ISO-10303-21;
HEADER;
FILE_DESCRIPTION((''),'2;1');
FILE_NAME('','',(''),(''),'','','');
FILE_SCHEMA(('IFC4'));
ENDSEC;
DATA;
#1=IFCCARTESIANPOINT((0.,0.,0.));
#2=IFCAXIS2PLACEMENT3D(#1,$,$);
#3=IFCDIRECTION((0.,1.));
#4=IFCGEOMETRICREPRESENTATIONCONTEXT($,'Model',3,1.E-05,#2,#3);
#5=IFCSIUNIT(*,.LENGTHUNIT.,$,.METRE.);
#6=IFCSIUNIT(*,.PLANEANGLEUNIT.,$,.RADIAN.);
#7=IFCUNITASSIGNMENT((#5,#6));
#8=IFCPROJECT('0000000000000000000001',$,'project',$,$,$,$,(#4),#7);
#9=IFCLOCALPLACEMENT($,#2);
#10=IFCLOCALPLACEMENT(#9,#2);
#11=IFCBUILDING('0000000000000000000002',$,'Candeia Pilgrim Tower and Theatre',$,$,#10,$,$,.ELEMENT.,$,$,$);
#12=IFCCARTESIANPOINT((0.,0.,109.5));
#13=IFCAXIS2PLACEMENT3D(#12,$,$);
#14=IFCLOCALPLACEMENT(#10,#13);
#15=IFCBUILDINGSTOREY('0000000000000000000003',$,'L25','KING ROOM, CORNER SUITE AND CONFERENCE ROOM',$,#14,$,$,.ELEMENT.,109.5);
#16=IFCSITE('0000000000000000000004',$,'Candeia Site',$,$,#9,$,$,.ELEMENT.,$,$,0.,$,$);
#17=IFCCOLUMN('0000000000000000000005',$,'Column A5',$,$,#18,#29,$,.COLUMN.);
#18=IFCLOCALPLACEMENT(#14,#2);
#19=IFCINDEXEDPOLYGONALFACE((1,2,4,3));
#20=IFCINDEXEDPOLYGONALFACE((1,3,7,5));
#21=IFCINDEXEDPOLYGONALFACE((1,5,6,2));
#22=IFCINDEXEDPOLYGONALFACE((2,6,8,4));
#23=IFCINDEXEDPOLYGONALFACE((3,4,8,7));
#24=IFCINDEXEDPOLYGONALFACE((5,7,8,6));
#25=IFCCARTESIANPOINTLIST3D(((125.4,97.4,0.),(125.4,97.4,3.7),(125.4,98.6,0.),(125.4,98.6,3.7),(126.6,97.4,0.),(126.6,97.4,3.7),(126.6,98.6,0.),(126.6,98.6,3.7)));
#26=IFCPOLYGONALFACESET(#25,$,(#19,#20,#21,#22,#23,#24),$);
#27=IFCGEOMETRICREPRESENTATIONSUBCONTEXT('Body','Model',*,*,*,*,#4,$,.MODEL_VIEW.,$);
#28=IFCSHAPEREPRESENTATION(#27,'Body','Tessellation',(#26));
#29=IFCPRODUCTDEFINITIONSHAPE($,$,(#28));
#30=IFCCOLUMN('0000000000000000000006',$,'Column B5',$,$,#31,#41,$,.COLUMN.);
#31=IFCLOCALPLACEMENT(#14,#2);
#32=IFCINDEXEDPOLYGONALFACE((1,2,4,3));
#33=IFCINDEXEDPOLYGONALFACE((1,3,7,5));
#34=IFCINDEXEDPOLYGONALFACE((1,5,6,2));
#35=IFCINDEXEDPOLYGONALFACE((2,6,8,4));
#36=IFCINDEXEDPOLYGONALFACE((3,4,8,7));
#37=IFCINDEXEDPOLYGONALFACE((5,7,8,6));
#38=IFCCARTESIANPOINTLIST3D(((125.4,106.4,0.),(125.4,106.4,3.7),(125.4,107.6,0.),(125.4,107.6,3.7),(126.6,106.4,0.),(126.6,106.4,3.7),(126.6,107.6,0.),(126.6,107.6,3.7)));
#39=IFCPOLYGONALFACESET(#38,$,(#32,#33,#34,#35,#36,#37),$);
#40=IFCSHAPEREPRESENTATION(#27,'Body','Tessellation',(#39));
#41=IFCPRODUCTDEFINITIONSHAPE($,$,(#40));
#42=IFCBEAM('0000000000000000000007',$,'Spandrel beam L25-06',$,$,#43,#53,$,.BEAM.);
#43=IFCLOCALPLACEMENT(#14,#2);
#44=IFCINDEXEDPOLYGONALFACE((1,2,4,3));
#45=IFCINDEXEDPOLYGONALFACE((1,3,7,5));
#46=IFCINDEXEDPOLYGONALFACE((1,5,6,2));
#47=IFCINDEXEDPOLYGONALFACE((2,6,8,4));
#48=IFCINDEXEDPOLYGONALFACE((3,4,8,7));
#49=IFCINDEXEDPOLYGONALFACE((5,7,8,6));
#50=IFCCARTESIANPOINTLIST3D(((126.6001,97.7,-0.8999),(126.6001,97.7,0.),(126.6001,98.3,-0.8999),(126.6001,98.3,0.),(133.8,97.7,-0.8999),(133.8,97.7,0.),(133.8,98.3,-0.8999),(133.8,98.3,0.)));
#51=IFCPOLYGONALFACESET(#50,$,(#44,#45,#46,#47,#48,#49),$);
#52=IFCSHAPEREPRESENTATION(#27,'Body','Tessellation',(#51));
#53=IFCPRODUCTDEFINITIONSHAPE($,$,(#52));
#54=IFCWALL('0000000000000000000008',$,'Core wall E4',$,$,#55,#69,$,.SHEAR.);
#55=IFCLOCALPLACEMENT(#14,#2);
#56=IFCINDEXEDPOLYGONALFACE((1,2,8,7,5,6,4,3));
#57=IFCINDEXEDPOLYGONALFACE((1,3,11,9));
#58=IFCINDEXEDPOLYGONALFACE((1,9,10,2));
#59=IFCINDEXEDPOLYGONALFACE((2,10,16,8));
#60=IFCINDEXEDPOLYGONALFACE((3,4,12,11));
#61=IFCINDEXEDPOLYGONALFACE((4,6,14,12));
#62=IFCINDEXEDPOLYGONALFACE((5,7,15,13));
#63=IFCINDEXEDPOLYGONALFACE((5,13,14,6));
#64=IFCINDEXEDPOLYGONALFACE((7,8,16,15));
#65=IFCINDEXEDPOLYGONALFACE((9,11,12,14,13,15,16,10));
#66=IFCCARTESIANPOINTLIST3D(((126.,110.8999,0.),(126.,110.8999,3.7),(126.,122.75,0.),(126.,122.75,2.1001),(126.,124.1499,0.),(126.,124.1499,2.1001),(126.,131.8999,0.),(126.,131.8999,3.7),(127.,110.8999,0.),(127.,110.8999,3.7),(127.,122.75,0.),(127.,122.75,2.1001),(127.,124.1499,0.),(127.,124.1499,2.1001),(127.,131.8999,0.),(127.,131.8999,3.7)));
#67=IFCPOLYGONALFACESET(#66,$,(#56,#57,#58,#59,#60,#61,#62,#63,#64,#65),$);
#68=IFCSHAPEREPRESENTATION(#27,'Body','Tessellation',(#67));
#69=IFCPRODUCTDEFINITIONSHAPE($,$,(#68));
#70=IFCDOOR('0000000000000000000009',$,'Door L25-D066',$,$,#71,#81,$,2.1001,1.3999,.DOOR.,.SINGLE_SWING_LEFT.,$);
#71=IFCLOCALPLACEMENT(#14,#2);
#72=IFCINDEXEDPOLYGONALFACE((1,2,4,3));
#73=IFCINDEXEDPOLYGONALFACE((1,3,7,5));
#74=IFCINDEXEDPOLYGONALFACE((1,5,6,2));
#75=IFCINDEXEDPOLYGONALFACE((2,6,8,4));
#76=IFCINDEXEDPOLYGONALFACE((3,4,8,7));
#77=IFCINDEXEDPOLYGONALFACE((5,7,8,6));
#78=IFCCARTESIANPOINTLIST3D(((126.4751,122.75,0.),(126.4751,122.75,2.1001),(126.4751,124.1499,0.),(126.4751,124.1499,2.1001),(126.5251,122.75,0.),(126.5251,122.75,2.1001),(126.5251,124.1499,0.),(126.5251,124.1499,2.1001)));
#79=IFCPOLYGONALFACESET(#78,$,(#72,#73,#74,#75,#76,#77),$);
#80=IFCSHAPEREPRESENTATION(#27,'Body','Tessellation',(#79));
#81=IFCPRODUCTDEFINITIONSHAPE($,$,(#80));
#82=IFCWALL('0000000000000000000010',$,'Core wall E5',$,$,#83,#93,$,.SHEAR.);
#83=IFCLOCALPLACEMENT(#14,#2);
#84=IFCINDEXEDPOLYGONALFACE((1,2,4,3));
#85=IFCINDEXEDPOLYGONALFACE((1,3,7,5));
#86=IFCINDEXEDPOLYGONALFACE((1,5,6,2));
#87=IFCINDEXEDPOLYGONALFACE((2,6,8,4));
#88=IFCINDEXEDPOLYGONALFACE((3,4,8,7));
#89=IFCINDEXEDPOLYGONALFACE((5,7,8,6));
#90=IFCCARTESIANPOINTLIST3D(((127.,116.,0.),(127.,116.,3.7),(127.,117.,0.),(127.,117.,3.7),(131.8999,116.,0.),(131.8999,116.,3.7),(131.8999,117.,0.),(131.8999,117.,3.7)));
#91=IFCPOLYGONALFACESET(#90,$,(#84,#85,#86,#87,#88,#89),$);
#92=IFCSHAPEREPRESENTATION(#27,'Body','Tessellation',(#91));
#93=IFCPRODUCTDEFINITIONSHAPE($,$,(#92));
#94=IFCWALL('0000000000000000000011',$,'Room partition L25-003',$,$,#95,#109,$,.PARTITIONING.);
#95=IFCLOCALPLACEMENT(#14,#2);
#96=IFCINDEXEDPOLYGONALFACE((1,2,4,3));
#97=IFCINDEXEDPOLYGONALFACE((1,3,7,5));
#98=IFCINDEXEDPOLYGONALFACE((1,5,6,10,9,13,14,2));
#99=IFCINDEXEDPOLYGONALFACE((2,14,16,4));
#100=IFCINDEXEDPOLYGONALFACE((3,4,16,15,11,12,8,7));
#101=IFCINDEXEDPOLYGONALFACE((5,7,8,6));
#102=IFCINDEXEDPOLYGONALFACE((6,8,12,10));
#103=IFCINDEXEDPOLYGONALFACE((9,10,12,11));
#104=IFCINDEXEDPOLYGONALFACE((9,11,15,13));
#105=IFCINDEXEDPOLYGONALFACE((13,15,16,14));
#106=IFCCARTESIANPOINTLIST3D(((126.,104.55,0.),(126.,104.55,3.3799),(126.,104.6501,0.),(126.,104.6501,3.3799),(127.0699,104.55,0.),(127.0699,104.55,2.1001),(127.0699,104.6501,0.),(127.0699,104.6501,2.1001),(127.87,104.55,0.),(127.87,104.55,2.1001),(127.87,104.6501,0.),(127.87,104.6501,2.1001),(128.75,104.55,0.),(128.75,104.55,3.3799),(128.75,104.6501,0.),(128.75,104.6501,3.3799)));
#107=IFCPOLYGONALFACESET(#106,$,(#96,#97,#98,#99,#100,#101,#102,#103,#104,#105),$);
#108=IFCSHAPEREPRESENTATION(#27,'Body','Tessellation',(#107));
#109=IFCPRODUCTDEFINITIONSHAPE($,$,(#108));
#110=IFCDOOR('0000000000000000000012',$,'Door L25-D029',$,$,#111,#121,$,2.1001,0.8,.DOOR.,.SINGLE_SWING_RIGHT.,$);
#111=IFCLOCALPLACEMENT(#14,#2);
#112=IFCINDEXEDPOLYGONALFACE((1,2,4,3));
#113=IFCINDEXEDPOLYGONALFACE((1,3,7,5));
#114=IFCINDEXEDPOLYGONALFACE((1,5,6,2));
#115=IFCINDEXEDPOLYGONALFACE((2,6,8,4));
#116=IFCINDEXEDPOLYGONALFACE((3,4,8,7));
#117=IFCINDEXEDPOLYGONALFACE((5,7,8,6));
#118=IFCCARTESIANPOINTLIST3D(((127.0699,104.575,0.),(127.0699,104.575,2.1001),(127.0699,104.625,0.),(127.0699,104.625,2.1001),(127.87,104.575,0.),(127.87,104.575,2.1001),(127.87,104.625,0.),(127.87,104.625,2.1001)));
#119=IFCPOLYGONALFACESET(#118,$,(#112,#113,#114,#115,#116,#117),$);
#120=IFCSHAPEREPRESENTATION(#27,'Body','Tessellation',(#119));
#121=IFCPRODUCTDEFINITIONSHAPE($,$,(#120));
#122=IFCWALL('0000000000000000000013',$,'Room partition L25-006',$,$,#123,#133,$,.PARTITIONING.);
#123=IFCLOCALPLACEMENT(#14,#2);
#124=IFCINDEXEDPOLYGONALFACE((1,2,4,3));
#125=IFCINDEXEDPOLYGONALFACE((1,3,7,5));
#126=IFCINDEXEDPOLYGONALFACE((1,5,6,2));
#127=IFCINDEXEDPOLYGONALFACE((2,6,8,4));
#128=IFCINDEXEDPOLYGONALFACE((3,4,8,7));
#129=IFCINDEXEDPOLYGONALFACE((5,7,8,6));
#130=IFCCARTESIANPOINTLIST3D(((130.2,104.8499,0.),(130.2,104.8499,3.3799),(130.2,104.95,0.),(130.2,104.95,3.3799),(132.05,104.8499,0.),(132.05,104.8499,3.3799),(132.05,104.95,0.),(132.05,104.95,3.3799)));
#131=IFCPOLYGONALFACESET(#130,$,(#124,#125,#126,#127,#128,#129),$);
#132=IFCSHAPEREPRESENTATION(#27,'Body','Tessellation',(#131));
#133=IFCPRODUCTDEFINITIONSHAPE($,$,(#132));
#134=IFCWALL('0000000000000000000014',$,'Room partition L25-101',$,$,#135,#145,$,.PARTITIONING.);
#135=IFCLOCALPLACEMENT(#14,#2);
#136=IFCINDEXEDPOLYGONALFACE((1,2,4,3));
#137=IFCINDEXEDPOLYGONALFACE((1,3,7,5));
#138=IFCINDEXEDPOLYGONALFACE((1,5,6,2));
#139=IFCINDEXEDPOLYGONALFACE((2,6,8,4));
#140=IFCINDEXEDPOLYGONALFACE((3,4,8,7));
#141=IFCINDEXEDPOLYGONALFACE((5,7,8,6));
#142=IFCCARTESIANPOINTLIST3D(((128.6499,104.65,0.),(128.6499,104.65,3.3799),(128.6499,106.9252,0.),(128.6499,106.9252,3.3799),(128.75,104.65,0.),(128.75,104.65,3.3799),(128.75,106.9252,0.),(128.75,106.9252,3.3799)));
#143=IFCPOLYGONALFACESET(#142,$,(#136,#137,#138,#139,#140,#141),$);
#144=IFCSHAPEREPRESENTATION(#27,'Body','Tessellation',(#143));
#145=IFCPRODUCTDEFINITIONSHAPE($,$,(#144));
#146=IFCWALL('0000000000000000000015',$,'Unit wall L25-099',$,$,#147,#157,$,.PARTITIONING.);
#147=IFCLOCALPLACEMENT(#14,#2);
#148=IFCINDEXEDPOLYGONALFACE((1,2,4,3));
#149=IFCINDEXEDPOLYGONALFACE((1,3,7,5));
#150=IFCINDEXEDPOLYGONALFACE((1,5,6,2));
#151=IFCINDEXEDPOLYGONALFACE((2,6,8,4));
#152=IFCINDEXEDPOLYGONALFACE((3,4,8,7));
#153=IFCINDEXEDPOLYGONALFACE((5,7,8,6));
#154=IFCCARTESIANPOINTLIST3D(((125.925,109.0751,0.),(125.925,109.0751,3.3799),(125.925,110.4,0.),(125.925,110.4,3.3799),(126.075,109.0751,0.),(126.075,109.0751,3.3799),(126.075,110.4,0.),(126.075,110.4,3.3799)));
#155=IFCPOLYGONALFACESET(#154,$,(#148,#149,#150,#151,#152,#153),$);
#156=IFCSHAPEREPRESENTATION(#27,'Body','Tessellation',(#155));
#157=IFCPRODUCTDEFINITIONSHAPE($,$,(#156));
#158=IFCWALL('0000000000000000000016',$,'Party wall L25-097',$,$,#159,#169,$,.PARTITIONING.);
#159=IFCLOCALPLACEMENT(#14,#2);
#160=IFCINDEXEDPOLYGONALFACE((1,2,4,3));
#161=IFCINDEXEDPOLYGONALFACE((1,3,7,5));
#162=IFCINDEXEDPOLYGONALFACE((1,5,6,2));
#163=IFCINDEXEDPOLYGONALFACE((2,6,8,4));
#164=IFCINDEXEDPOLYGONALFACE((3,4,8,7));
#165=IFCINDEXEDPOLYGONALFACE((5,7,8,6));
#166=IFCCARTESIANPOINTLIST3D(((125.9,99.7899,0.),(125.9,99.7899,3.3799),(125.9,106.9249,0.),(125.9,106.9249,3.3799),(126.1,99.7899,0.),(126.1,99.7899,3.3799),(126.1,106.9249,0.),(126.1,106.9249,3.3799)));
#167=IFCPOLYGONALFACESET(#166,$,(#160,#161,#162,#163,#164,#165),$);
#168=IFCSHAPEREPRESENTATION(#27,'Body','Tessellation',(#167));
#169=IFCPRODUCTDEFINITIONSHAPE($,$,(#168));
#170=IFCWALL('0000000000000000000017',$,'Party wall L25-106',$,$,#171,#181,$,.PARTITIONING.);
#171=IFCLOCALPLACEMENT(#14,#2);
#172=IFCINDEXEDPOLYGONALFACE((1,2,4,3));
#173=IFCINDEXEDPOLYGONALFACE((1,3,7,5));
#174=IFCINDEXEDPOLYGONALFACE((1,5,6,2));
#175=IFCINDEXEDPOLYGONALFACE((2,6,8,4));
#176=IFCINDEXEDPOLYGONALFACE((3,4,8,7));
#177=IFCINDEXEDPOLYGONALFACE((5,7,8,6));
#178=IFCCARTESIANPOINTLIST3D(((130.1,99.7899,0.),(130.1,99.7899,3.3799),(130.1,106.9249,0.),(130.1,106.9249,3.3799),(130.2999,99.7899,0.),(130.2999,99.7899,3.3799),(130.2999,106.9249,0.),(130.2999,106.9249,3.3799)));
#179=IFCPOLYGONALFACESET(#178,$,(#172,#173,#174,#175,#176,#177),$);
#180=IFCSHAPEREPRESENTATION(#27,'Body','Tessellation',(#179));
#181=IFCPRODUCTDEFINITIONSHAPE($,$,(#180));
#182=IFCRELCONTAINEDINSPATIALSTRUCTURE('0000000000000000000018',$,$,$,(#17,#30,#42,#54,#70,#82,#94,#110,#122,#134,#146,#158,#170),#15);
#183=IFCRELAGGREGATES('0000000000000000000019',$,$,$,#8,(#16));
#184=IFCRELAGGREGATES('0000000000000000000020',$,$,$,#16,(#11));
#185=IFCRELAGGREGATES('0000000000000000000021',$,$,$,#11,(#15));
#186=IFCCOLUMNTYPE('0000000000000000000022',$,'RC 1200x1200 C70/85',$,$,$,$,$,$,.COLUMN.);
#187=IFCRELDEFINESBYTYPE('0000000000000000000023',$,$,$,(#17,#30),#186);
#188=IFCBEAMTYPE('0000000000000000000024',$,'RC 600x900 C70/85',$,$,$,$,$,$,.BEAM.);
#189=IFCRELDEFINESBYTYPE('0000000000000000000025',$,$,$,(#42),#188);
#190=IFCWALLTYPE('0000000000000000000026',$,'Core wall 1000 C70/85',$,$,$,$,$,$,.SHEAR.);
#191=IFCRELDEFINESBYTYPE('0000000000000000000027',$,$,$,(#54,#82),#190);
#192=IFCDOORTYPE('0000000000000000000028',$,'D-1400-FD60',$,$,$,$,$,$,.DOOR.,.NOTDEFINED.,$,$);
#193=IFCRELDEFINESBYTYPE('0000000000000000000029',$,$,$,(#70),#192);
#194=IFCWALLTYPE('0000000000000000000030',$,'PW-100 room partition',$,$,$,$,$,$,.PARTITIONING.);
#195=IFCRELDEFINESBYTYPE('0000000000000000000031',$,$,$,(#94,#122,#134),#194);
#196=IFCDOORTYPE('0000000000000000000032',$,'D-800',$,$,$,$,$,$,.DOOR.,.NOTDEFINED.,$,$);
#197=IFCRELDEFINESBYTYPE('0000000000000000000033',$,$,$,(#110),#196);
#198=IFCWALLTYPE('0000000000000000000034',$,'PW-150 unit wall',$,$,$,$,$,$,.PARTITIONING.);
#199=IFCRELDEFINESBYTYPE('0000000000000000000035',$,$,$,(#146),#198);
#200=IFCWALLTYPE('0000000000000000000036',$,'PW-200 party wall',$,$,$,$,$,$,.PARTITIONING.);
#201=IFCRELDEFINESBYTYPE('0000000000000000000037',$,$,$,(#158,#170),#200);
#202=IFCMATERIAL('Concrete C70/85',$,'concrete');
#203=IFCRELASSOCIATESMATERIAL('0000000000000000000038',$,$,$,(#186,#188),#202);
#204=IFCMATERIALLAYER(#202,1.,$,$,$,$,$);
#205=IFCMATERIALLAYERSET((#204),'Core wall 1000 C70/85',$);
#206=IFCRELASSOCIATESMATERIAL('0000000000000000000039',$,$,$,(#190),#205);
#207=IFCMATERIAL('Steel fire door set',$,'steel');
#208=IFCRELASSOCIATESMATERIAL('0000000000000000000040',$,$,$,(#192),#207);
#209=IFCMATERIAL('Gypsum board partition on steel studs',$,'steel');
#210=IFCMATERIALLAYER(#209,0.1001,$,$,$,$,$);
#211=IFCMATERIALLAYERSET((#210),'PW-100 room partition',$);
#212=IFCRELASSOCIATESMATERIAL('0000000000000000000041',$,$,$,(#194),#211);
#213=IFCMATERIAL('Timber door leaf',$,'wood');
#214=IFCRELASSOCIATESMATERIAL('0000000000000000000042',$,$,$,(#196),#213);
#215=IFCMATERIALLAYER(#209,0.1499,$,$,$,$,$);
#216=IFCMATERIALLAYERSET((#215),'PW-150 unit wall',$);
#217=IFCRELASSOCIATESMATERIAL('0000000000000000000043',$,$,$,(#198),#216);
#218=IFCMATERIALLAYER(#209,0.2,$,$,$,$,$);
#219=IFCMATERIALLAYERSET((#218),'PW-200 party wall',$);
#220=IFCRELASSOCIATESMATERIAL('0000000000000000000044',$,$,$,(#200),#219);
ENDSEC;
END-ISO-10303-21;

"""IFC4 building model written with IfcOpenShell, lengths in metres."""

from ifc_helpers import new_model, si_unit, direction, frame, frame_2d, origin, origin_2d, place, context, subcontext, project, spatial, rectangle, extrude, material, layer, layer_set, material_profile, profile_set, type_object, element, fill, save


model = new_model("IFC4")

# Units and contexts
model_context = context("Model", 3, precision=1e-05, world=origin(), true_north=direction((0.0, 1.0)))
body_context = subcontext(model_context, "Body", "Model", "MODEL_VIEW")
ifc_project = project(units=[si_unit("LENGTHUNIT", "METRE"), si_unit("PLANEANGLEUNIT", "RADIAN")], contexts=[model_context])

# Site, building, storey
site_placement = place(None, origin())
site = spatial("IfcSite", under=ifc_project, at=site_placement, Name="Candeia Site", CompositionType="ELEMENT", RefElevation=0.0)
building_placement = place(site_placement, origin())
building = spatial("IfcBuilding", under=site, at=building_placement, Name="Candeia Pilgrim Tower and Theatre", CompositionType="ELEMENT")
storey_placement = place(building_placement, frame((0.0, 0.0, 109.5)))
storey = spatial("IfcBuildingStorey", under=building, at=storey_placement, Name="L25", Description="KING ROOM, CORNER SUITE AND CONFERENCE ROOM", CompositionType="ELEMENT", Elevation=109.5)

# Columns
ifc_material_1 = material(Name="Concrete C70/85", Category="concrete")
ifc_material_profile_1 = material_profile(ifc_material_1, rectangle(XDim=1.2, YDim=1.2, at=origin_2d()))
ifc_profile_set_1 = profile_set([ifc_material_profile_1], Name="Concrete C70/85")
column_type = type_object("IfcColumnType", Name="RC 1200x1200 C70/85", PredefinedType="COLUMN", material=ifc_profile_set_1)
for number, where, z_axis, x_axis, name in (
    (1, (126.0, 98.0, 0.0), (0.0, 0.0, 1.0), (1.0, 0.0, 0.0), "Column A5"),
    (2, (126.0, 107.0, 0.0), (0.0, 0.0, 1.0), (1.0, 0.0, 0.0), "Column B5"),
):
    element("IfcColumn", number, at=place(storey_placement, frame(where, z_axis=z_axis, x_axis=x_axis)), inside=storey, type_object=column_type, Name=name, PredefinedType="COLUMN", context=body_context, shape_type="SweptSolid", body=[
        extrude(rectangle(XDim=1.2, YDim=1.2, at=origin_2d()), origin(), (0.0, 0.0, 1.0), 3.7),
    ])

# Beam
ifc_material_profile_2 = material_profile(ifc_material_1, rectangle(XDim=0.6001, YDim=0.8999, at=origin_2d()))
ifc_profile_set_2 = profile_set([ifc_material_profile_2], Name="Concrete C70/85")
beam_type = type_object("IfcBeamType", Name="RC 600x900 C70/85", PredefinedType="BEAM", material=ifc_profile_set_2)
beam_placement = place(storey_placement, frame((126.6001, 98.0, -0.45), z_axis=(1.0, 0.0, 0.0), x_axis=(0.0, 1.0, 0.0)))
element("IfcBeam", 3, at=beam_placement, inside=storey, type_object=beam_type, Name="Spandrel beam L25-06", PredefinedType="BEAM", context=body_context, shape_type="SweptSolid", body=[
    extrude(rectangle(XDim=0.6001, YDim=0.8999, at=origin_2d()), origin(), (0.0, 0.0, 1.0), 7.2),
])

# Wall, opening, door
ifc_layer_1 = layer(ifc_material_1, 1.0)
ifc_layer_set_1 = layer_set([ifc_layer_1], Name="Core wall 1000 C70/85")
wall_type_1 = type_object("IfcWallType", Name="Core wall 1000 C70/85", PredefinedType="SHEAR", material=ifc_layer_set_1)
wall_1_placement = place(storey_placement, frame((126.5, 110.8999, 0.0), z_axis=(0.0, 0.0, 1.0), x_axis=(0.0, 1.0, 0.0)))
wall_1 = element("IfcWall", 4, at=wall_1_placement, inside=storey, type_object=wall_type_1, Name="Core wall E4", PredefinedType="SHEAR", context=body_context, shape_type="SweptSolid", body=[
    extrude(rectangle(XDim=21.0, YDim=1.0, at=frame_2d((10.5, 0.0))), origin(), (0.0, 0.0, 1.0), 3.7),
])
opening_1_placement = place(wall_1_placement, frame((11.8501, 0.0, 0.0)))
opening_1 = element("IfcOpeningElement", 5, at=opening_1_placement, cuts=wall_1, PredefinedType="OPENING", context=body_context, shape_type="SweptSolid", body=[
    extrude(rectangle(XDim=1.3999, YDim=2.1001, at=frame_2d((0.7, 1.05))), frame((0.0, 0.51, 0.0), z_axis=(0.0, -1.0, 0.0), x_axis=(1.0, 0.0, 0.0)), (0.0, 0.0, 1.0), 1.02),
])
ifc_material_2 = material(Name="Steel fire door set", Category="steel")
door_type_1 = type_object("IfcDoorType", Name="D-1400-FD60", OperationType="NOTDEFINED", PredefinedType="DOOR", material=ifc_material_2)
door_1_placement = place(opening_1_placement, origin())
door_1 = element("IfcDoor", 6, at=door_1_placement, inside=storey, type_object=door_type_1, Name="Door L25-D066", OperationType="SINGLE_SWING_LEFT", OverallHeight=2.1001, OverallWidth=1.3999, PredefinedType="DOOR", context=body_context, shape_type="SweptSolid", body=[
    extrude(rectangle(XDim=1.3999, YDim=2.1001, at=frame_2d((0.7, 1.05))), frame((0.0, 0.0249, 0.0), z_axis=(0.0, -1.0, 0.0), x_axis=(1.0, 0.0, 0.0)), (0.0, 0.0, 1.0), 0.05),
])
fill(opening_1, door_1)

# Wall
wall_2_placement = place(storey_placement, frame((127.0, 116.5, 0.0), z_axis=(0.0, 0.0, 1.0), x_axis=(1.0, 0.0, 0.0)))
element("IfcWall", 7, at=wall_2_placement, inside=storey, type_object=wall_type_1, Name="Core wall E5", PredefinedType="SHEAR", context=body_context, shape_type="SweptSolid", body=[
    extrude(rectangle(XDim=4.8999, YDim=1.0, at=frame_2d((2.45, 0.0))), origin(), (0.0, 0.0, 1.0), 3.7),
])

# Wall, opening, door
ifc_material_3 = material(Name="Gypsum board partition on steel studs", Category="steel")
ifc_layer_2 = layer(ifc_material_3, 0.1001)
ifc_layer_set_2 = layer_set([ifc_layer_2], Name="PW-100 room partition")
wall_type_2 = type_object("IfcWallType", Name="PW-100 room partition", PredefinedType="PARTITIONING", material=ifc_layer_set_2)
wall_3_placement = place(storey_placement, frame((126.0, 104.6001, 0.0), z_axis=(0.0, 0.0, 1.0), x_axis=(1.0, 0.0, 0.0)))
wall_3 = element("IfcWall", 8, at=wall_3_placement, inside=storey, type_object=wall_type_2, Name="Room partition L25-003", PredefinedType="PARTITIONING", context=body_context, shape_type="SweptSolid", body=[
    extrude(rectangle(XDim=2.75, YDim=0.1001, at=frame_2d((1.375, 0.0))), origin(), (0.0, 0.0, 1.0), 3.3799),
])
opening_2_placement = place(wall_3_placement, frame((1.0701, 0.0, 0.0)))
opening_2 = element("IfcOpeningElement", 9, at=opening_2_placement, cuts=wall_3, PredefinedType="OPENING", context=body_context, shape_type="SweptSolid", body=[
    extrude(rectangle(XDim=0.8, YDim=2.1001, at=frame_2d((0.3999, 1.05))), frame((0.0, 0.0601, 0.0), z_axis=(0.0, -1.0, 0.0), x_axis=(1.0, 0.0, 0.0)), (0.0, 0.0, 1.0), 0.1201),
])
ifc_material_4 = material(Name="Timber door leaf", Category="wood")
door_type_2 = type_object("IfcDoorType", Name="D-800", OperationType="NOTDEFINED", PredefinedType="DOOR", material=ifc_material_4)
door_2_placement = place(opening_2_placement, origin())
door_2 = element("IfcDoor", 10, at=door_2_placement, inside=storey, type_object=door_type_2, Name="Door L25-D029", OperationType="SINGLE_SWING_RIGHT", OverallHeight=2.1001, OverallWidth=0.8, PredefinedType="DOOR", context=body_context, shape_type="SweptSolid", body=[
    extrude(rectangle(XDim=0.8, YDim=2.1001, at=frame_2d((0.3999, 1.05))), frame((0.0, 0.0249, 0.0), z_axis=(0.0, -1.0, 0.0), x_axis=(1.0, 0.0, 0.0)), (0.0, 0.0, 1.0), 0.05),
])
fill(opening_2, door_2)

# Walls
wall_4_placement = place(storey_placement, frame((130.2, 104.8999, 0.0), z_axis=(0.0, 0.0, 1.0), x_axis=(1.0, 0.0, 0.0)))
element("IfcWall", 11, at=wall_4_placement, inside=storey, type_object=wall_type_2, Name="Room partition L25-006", PredefinedType="PARTITIONING", context=body_context, shape_type="SweptSolid", body=[
    extrude(rectangle(XDim=1.8501, YDim=0.1001, at=frame_2d((0.925, 0.0))), origin(), (0.0, 0.0, 1.0), 3.3799),
])
wall_5_placement = place(storey_placement, frame((128.7, 104.6499, 0.0), z_axis=(0.0, 0.0, 1.0), x_axis=(0.0, 1.0, 0.0)))
element("IfcWall", 12, at=wall_5_placement, inside=storey, type_object=wall_type_2, Name="Room partition L25-101", PredefinedType="PARTITIONING", context=body_context, shape_type="SweptSolid", body=[
    extrude(rectangle(XDim=2.2751, YDim=0.1001, at=frame_2d((1.1377, 0.0))), origin(), (0.0, 0.0, 1.0), 3.3799),
])
ifc_layer_3 = layer(ifc_material_3, 0.1499)
ifc_layer_set_3 = layer_set([ifc_layer_3], Name="PW-150 unit wall")
wall_type_3 = type_object("IfcWallType", Name="PW-150 unit wall", PredefinedType="PARTITIONING", material=ifc_layer_set_3)
wall_6_placement = place(storey_placement, frame((126.0, 109.075, 0.0), z_axis=(0.0, 0.0, 1.0), x_axis=(0.0, 1.0, 0.0)))
element("IfcWall", 13, at=wall_6_placement, inside=storey, type_object=wall_type_3, Name="Unit wall L25-099", PredefinedType="PARTITIONING", context=body_context, shape_type="SweptSolid", body=[
    extrude(rectangle(XDim=1.325, YDim=0.1499, at=frame_2d((0.6626, 0.0))), origin(), (0.0, 0.0, 1.0), 3.3799),
])
ifc_layer_4 = layer(ifc_material_3, 0.2)
ifc_layer_set_4 = layer_set([ifc_layer_4], Name="PW-200 party wall")
wall_type_4 = type_object("IfcWallType", Name="PW-200 party wall", PredefinedType="PARTITIONING", material=ifc_layer_set_4)
for number, where, z_axis, x_axis, name in (
    (14, (126.0, 99.79, 0.0), (0.0, 0.0, 1.0), (0.0, 1.0, 0.0), "Party wall L25-097"),
    (15, (130.2, 99.79, 0.0), (0.0, 0.0, 1.0), (0.0, 1.0, 0.0), "Party wall L25-106"),
):
    element("IfcWall", number, at=place(storey_placement, frame(where, z_axis=z_axis, x_axis=x_axis)), inside=storey, type_object=wall_type_4, Name=name, PredefinedType="PARTITIONING", context=body_context, shape_type="SweptSolid", body=[
        extrude(rectangle(XDim=7.135, YDim=0.2, at=frame_2d((3.5674, 0.0))), origin(), (0.0, 0.0, 1.0), 3.3799),
    ])

save(model, "model.ifc")
